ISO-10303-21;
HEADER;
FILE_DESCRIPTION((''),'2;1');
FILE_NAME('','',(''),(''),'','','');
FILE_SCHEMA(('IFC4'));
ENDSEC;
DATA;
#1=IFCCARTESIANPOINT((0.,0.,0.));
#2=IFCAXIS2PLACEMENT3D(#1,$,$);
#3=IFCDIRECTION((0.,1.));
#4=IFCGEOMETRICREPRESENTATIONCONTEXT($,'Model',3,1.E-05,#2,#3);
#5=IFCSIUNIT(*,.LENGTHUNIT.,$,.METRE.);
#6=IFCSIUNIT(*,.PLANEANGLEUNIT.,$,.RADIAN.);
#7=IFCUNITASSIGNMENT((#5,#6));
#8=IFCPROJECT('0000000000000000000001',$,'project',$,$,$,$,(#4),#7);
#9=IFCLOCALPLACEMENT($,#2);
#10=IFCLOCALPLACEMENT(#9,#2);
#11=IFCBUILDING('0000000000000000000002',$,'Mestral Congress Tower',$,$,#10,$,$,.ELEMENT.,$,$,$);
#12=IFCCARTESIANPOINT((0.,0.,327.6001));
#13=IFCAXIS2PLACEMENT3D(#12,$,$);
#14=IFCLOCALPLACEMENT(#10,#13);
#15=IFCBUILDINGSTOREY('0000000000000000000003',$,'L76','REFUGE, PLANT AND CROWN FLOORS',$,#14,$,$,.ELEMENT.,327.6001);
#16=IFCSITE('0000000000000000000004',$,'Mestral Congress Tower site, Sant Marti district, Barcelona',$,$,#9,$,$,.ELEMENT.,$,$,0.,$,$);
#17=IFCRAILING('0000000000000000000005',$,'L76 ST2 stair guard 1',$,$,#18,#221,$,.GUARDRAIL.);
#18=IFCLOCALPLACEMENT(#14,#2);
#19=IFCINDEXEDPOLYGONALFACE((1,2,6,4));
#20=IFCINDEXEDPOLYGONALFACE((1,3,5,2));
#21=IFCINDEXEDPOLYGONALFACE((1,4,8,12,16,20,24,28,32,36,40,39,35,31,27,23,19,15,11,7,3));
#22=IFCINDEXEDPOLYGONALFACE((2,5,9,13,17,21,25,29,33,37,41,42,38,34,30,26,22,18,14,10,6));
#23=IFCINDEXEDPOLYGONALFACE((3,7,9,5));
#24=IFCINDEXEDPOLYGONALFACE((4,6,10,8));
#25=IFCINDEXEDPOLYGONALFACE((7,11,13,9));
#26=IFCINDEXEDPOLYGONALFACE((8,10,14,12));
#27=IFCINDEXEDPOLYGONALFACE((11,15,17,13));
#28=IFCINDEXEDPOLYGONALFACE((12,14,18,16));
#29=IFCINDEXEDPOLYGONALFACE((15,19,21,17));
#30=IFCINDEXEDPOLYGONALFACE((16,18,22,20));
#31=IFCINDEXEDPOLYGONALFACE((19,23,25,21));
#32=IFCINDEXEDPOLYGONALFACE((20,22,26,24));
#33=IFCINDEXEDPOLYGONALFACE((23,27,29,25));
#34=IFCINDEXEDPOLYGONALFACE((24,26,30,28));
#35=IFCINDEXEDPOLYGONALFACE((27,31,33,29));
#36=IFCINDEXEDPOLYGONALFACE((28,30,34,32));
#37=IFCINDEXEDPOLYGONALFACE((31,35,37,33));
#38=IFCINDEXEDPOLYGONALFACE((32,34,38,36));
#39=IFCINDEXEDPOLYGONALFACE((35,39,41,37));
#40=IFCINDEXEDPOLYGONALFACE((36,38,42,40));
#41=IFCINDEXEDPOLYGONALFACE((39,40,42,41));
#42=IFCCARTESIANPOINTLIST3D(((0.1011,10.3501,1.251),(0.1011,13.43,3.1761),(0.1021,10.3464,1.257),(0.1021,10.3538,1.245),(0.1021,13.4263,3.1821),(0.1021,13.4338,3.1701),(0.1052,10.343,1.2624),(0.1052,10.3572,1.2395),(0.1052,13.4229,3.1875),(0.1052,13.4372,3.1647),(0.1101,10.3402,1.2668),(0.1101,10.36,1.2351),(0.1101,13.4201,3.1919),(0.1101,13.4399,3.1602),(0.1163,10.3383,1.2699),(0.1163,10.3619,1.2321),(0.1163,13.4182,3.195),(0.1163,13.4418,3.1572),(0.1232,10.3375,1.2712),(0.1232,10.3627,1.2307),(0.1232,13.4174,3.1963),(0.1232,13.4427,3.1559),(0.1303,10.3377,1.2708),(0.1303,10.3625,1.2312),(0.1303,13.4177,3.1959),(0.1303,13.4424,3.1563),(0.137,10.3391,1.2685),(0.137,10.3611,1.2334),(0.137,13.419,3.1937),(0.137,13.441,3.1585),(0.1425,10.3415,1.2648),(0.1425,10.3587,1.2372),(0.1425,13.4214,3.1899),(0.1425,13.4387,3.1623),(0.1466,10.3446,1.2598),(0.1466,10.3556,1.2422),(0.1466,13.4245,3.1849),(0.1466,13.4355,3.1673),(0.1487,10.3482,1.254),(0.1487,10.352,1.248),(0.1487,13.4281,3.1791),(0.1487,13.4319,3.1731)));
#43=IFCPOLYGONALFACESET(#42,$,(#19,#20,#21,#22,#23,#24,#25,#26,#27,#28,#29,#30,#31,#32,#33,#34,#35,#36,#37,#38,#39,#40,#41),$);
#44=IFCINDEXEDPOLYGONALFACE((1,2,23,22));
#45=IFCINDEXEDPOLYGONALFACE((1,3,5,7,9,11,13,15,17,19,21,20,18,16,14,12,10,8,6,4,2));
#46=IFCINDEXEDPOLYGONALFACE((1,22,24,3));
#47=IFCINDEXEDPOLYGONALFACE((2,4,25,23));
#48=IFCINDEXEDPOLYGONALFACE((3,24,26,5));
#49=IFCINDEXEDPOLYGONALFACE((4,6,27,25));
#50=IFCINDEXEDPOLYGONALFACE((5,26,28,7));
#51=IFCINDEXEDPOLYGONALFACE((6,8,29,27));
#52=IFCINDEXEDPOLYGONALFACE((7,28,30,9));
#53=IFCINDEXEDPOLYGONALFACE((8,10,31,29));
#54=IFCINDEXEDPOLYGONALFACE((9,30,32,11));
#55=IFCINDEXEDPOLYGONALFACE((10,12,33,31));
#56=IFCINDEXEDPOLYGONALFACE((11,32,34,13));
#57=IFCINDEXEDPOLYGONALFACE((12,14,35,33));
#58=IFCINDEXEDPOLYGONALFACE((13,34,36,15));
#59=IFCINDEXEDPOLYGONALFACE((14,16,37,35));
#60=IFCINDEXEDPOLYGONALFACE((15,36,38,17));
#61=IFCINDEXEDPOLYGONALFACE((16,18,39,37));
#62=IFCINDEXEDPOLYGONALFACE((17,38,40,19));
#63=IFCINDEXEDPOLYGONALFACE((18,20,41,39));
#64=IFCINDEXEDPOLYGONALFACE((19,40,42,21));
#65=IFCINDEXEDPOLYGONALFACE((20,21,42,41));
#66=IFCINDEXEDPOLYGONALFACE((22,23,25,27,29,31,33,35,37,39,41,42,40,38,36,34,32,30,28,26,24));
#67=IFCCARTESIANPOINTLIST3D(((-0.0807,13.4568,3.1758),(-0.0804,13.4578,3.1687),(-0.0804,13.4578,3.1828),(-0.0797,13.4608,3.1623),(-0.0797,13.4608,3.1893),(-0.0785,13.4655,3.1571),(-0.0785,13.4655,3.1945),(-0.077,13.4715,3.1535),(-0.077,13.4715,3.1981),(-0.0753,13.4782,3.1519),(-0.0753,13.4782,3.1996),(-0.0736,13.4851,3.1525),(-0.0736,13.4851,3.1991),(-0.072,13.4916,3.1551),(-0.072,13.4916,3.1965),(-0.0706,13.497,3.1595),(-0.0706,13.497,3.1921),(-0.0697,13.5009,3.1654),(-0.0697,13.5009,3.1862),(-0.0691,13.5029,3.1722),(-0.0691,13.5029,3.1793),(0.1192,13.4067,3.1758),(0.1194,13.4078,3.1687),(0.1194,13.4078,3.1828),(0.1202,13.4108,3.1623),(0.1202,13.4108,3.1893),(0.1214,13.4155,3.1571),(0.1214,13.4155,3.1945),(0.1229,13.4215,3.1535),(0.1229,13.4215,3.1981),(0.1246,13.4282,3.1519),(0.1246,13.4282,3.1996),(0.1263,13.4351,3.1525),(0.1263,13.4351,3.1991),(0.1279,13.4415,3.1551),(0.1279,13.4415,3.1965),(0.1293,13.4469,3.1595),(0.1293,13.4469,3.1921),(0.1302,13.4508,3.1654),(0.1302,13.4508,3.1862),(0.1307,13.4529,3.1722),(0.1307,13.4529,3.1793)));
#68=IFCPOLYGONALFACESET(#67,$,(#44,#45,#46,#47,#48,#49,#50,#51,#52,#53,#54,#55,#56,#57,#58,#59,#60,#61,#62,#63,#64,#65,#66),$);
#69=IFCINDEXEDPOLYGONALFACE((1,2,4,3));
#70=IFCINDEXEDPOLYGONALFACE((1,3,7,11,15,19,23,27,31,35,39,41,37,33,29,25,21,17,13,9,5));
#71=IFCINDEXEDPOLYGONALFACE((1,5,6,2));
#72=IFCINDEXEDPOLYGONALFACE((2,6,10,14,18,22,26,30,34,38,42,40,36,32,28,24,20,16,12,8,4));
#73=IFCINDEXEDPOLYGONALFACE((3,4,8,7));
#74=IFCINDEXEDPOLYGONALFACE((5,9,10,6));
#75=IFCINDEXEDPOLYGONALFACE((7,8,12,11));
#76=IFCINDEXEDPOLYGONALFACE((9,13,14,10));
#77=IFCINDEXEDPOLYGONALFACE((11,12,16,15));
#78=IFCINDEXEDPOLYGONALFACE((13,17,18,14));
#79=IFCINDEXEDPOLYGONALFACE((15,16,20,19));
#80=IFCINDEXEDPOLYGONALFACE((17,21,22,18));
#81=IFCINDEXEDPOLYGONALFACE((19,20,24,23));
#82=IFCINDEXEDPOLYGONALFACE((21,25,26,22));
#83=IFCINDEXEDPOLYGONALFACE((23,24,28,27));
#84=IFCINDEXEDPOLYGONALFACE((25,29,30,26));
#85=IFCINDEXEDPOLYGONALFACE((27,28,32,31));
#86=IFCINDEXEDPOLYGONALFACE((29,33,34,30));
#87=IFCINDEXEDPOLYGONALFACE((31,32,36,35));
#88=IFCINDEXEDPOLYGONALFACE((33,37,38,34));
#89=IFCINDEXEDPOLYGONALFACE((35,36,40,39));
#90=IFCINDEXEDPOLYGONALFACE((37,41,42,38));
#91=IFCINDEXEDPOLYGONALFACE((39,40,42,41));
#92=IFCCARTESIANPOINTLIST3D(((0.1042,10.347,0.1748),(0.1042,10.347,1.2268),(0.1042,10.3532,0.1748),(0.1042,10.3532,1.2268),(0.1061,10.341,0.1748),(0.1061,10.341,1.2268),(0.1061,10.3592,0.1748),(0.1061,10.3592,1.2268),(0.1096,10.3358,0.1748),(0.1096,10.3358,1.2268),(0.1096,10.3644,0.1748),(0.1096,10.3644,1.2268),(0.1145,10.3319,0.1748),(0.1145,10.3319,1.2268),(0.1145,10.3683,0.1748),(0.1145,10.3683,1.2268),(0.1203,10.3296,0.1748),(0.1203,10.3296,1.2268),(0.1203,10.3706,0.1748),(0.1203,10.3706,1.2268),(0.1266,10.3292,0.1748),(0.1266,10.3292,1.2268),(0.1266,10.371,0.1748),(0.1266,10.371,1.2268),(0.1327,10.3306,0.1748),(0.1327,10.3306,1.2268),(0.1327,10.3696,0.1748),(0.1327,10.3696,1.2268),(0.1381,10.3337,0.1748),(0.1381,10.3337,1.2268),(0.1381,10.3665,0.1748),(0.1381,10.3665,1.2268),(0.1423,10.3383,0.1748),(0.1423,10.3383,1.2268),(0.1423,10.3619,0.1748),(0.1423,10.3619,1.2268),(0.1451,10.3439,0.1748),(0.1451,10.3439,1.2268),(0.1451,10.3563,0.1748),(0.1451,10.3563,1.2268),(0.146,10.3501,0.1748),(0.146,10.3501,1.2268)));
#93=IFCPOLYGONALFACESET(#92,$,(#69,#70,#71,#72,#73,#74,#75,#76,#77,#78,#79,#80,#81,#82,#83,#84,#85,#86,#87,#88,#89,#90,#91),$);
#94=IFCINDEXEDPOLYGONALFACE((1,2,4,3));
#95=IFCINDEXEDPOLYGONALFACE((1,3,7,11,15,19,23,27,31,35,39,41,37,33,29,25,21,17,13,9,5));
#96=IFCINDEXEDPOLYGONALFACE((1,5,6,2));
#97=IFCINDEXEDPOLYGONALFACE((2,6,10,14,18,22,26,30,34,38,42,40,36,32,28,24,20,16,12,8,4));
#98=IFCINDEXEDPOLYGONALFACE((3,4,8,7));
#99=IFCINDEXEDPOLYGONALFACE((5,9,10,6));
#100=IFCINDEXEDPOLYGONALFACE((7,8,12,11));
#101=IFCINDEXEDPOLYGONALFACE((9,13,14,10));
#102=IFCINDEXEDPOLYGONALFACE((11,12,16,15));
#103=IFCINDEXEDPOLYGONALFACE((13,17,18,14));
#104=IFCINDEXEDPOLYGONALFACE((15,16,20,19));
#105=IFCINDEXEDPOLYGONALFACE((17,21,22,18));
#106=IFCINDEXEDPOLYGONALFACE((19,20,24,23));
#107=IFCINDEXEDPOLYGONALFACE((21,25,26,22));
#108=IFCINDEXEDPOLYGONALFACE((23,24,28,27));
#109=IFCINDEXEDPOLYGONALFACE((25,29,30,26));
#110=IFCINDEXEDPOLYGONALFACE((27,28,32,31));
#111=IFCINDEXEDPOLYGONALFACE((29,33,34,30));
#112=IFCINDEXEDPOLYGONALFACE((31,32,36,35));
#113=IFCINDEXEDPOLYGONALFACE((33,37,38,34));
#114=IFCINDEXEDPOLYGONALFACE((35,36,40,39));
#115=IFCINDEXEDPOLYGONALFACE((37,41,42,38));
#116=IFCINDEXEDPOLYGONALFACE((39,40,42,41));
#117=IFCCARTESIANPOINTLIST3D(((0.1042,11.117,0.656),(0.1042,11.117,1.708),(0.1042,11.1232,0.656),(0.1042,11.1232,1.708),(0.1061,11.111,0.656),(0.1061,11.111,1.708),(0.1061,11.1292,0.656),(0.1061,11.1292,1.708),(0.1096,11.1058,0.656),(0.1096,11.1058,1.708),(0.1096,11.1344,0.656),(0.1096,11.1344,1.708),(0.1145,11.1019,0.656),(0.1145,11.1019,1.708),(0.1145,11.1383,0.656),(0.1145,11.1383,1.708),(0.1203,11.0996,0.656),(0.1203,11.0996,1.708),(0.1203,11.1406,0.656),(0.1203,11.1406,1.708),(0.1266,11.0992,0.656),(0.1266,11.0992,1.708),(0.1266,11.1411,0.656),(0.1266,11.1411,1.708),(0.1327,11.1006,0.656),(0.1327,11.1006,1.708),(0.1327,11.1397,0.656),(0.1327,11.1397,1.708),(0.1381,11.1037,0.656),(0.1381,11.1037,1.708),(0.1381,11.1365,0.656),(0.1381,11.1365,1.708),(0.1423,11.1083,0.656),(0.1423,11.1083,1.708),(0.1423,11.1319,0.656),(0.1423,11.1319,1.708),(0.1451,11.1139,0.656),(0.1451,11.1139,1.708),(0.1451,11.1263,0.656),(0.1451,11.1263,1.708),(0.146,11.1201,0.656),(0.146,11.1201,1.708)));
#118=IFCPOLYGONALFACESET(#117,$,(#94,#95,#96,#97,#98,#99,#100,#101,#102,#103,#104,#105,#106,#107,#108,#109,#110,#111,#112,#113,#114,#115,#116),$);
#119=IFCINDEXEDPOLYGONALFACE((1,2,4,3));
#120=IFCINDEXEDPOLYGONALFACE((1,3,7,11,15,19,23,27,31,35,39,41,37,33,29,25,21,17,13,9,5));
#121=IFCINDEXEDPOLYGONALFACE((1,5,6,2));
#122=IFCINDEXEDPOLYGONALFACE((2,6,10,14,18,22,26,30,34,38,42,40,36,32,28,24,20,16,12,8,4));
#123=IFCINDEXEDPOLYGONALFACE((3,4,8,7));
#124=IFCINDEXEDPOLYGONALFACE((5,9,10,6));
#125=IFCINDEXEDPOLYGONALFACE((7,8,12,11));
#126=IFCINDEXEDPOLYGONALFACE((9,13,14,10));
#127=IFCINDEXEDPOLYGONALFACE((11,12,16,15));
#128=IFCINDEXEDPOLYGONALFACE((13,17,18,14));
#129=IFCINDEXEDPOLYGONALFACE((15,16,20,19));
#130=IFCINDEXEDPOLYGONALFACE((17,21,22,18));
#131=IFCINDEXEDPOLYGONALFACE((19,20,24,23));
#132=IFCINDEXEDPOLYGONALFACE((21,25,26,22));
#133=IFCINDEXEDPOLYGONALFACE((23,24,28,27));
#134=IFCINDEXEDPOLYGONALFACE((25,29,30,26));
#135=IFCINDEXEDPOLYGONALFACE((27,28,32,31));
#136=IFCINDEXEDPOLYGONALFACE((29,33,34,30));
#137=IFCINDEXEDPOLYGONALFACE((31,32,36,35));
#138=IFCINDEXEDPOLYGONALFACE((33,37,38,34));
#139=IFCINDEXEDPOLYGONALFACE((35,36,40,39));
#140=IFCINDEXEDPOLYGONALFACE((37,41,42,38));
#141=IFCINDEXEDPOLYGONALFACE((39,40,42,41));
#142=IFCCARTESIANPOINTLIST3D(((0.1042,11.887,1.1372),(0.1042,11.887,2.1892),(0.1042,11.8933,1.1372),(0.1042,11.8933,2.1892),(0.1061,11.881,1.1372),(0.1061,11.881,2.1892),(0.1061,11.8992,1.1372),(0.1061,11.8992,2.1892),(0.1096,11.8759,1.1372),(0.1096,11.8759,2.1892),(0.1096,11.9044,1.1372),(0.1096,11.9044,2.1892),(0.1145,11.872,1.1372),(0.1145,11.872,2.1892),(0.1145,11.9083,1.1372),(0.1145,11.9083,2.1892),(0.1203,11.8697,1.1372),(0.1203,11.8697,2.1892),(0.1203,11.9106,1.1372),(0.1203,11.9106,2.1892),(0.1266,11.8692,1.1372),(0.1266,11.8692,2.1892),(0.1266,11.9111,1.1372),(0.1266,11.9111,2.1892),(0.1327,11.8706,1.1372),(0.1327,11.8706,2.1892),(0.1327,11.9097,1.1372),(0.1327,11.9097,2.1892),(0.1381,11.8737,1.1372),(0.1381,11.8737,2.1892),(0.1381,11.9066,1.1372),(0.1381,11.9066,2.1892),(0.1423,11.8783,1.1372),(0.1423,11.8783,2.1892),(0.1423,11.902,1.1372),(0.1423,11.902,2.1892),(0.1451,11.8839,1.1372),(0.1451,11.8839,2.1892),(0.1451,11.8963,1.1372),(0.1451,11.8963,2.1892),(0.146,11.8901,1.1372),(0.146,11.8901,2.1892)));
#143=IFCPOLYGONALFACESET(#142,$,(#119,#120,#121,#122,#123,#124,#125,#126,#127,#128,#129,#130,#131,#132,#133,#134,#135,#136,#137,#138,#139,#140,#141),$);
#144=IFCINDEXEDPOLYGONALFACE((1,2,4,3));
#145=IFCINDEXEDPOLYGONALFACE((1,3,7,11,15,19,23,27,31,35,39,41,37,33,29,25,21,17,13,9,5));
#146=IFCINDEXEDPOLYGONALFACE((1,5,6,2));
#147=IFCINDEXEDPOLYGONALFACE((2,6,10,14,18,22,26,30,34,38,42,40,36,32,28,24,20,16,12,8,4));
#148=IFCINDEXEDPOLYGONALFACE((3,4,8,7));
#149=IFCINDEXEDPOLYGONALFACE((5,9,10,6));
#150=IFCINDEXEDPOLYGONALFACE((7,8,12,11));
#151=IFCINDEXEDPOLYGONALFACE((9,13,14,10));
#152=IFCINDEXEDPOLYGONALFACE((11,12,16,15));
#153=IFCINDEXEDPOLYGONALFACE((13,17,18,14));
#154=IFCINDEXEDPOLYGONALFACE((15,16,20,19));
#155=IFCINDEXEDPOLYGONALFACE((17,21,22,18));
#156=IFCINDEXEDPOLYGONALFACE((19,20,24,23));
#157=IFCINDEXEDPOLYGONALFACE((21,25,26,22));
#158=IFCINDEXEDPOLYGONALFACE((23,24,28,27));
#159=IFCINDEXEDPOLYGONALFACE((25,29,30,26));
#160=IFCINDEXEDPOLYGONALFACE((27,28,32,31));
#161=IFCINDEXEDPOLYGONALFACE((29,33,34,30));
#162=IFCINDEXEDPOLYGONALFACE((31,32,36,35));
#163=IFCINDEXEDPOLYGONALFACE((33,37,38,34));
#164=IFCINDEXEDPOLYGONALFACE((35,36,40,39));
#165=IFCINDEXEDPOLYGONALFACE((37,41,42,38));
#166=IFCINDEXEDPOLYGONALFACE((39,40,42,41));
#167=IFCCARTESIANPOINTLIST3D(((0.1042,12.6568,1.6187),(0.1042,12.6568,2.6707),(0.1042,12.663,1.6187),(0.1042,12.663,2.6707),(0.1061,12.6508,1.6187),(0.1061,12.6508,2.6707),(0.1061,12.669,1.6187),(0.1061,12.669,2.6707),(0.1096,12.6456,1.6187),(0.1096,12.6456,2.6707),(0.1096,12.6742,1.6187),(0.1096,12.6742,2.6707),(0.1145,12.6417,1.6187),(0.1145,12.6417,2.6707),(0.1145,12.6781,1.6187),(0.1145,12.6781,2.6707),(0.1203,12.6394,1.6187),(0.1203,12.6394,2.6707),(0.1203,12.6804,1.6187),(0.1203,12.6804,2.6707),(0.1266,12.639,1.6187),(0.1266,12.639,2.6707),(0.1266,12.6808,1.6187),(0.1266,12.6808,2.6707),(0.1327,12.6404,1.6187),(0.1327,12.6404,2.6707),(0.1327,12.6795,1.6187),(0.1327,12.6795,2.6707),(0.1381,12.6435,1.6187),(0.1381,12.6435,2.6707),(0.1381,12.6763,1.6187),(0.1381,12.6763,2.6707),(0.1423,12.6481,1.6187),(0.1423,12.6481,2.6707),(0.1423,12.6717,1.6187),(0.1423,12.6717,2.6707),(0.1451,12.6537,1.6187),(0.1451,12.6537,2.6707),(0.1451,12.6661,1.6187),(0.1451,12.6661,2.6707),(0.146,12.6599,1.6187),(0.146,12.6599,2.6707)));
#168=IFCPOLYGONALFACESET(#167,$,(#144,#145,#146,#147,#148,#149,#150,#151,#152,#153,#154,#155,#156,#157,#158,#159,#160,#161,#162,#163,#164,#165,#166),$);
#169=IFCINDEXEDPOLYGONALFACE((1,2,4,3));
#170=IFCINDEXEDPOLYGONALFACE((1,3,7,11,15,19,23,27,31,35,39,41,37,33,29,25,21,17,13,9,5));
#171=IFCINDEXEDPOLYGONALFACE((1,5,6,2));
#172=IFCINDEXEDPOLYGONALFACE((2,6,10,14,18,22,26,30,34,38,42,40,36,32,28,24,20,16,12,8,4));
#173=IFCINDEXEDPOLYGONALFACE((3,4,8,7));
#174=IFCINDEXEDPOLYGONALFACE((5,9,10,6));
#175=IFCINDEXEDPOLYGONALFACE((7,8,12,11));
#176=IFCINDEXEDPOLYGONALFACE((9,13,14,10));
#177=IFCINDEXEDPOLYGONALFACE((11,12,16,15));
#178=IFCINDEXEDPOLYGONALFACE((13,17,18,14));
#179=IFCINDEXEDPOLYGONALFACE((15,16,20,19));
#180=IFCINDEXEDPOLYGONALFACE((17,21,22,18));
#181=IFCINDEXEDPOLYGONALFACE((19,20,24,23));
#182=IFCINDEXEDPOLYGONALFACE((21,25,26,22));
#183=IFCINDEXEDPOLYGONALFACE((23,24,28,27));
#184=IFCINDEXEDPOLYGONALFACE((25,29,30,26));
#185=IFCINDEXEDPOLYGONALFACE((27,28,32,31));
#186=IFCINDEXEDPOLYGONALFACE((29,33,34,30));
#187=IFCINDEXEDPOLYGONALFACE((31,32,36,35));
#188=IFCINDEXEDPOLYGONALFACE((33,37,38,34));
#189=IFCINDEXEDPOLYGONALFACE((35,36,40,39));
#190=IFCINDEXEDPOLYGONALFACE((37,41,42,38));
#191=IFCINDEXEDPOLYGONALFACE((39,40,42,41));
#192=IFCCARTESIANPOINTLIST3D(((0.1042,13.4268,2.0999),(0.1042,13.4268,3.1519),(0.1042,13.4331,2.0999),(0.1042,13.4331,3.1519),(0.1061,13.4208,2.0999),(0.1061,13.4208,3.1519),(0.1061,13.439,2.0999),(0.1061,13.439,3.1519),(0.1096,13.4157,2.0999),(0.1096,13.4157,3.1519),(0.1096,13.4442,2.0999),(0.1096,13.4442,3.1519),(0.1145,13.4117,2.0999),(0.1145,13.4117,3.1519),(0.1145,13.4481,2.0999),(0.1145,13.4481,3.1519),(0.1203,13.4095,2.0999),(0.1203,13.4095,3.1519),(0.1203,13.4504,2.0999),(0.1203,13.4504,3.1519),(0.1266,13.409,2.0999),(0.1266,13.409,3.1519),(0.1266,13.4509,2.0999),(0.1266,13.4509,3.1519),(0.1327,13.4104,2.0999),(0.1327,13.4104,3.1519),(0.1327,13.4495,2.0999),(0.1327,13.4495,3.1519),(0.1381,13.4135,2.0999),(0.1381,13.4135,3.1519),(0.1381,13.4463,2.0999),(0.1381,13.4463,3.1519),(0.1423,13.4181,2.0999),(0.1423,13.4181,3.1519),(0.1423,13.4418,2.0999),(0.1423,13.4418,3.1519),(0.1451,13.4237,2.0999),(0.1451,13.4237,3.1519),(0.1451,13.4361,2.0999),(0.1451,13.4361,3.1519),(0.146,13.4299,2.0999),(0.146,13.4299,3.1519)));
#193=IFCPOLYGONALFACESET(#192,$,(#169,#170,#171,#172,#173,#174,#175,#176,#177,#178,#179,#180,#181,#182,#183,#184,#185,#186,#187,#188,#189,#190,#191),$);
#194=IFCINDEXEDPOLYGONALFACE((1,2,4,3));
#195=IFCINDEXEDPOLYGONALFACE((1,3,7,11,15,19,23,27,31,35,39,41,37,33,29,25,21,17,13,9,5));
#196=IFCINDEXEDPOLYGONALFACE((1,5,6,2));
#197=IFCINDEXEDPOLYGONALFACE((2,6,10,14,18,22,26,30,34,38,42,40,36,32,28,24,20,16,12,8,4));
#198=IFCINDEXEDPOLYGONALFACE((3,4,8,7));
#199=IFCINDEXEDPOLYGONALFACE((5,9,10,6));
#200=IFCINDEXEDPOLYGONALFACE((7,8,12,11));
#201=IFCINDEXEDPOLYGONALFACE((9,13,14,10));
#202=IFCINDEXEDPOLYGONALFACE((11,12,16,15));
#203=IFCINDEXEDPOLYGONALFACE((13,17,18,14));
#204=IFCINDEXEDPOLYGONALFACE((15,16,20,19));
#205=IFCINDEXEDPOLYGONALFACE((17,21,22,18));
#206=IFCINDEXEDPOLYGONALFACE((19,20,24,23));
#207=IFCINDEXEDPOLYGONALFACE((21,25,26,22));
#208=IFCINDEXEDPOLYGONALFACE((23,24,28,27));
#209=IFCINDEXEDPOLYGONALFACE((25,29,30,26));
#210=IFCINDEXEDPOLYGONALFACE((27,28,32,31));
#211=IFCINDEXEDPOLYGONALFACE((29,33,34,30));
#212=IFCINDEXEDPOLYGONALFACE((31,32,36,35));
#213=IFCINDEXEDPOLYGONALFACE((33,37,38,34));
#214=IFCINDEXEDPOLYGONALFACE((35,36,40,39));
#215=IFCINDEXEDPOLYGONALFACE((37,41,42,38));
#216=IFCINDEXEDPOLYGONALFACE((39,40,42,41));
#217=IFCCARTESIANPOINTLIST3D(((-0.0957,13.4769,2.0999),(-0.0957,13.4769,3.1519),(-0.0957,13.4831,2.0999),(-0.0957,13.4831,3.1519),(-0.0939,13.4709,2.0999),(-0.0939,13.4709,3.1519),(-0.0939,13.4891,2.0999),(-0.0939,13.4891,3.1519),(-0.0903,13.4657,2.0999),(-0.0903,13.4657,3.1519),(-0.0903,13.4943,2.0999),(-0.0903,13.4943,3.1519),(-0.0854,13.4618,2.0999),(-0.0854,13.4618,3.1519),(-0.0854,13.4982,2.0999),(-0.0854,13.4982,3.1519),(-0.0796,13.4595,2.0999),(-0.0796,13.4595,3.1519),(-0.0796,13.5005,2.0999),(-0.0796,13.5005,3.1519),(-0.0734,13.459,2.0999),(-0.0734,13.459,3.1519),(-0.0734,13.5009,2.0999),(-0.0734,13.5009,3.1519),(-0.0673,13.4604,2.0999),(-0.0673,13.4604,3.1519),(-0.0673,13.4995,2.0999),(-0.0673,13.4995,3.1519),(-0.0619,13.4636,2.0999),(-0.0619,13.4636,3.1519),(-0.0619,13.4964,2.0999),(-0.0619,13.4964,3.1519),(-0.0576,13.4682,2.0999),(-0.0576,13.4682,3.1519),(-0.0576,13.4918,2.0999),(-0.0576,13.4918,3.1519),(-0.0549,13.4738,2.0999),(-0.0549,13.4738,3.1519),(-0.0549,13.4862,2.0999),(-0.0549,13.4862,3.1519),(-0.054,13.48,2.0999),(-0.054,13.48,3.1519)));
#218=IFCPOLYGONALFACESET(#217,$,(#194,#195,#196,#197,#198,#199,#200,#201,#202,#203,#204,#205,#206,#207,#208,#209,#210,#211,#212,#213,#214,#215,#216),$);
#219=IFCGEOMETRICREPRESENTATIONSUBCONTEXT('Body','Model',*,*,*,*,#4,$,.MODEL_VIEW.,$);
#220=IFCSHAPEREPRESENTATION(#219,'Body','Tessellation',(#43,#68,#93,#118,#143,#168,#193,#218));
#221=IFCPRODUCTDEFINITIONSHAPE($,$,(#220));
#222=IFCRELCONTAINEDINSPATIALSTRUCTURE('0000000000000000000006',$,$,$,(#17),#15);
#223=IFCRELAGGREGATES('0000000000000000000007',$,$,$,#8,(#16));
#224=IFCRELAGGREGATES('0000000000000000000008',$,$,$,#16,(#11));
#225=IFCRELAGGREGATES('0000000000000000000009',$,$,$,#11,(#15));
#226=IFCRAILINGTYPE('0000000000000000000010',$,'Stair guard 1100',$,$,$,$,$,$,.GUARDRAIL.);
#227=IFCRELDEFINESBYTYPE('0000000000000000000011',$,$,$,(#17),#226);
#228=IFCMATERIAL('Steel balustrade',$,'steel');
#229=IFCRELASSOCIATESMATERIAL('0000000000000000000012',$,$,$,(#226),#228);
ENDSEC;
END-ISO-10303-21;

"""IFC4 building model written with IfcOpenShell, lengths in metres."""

from ifc_helpers import new_model, si_unit, direction, frame, origin, origin_2d, place, context, subcontext, project, spatial, circle, extrude, material, type_object, element, save


model = new_model("IFC4")

# Units and contexts
model_context = context("Model", 3, precision=1e-05, world=origin(), true_north=direction((0.0, 1.0)))
body_context = subcontext(model_context, "Body", "Model", "MODEL_VIEW")
ifc_project = project(units=[si_unit("LENGTHUNIT", "METRE"), si_unit("PLANEANGLEUNIT", "RADIAN")], contexts=[model_context])

# Site, building, storey
site_placement = place(None, origin())
site = spatial("IfcSite", under=ifc_project, at=site_placement, Name="Mestral Congress Tower site, Sant Marti district, Barcelona", CompositionType="ELEMENT", RefElevation=0.0)
building_placement = place(site_placement, origin())
building = spatial("IfcBuilding", under=site, at=building_placement, Name="Mestral Congress Tower", CompositionType="ELEMENT")
storey_placement = place(building_placement, frame((0.0, 0.0, 327.6001)))
storey = spatial("IfcBuildingStorey", under=building, at=storey_placement, Name="L76", Description="REFUGE, PLANT AND CROWN FLOORS", CompositionType="ELEMENT", Elevation=327.6001)

# Railing
ifc_material_1 = material(Name="Steel balustrade", Category="steel")
railing_type_1 = type_object("IfcRailingType", Name="Stair guard 1100", PredefinedType="GUARDRAIL", material=ifc_material_1)
railing_1_placement = place(storey_placement, frame((0.125, 10.3501, 0.1748)))
element("IfcRailing", 1, at=railing_1_placement, inside=storey, type_object=railing_type_1, Name="L76 ST2 stair guard 1", PredefinedType="GUARDRAIL", context=body_context, shape_type="SweptSolid", body=[
    extrude(circle(Radius=0.0239, at=origin_2d()), frame((0.0, 0.0, 1.0762), z_axis=(0.0, 0.847979, 0.530029), x_axis=(-1.0, 0.0, 0.0)), (0.0, 0.0, 1.0), 3.6321),
    extrude(circle(Radius=0.0239, at=origin_2d()), frame((0.0, 3.0798, 3.001), z_axis=(-0.970073, 0.242814, 0.0), x_axis=(-0.242814, -0.970073, 0.0)), (0.0, 0.0, 1.0), 0.2061),
    extrude(circle(Radius=0.021, at=origin_2d()), origin(), (0.0, 0.0, 1.0), 1.052),
    extrude(circle(Radius=0.021, at=origin_2d()), frame((0.0, 0.77, 0.4812)), (0.0, 0.0, 1.0), 1.052),
    extrude(circle(Radius=0.021, at=origin_2d()), frame((0.0, 1.54, 0.9624)), (0.0, 0.0, 1.0), 1.052),
    extrude(circle(Radius=0.021, at=origin_2d()), frame((0.0, 2.3098, 1.4438)), (0.0, 0.0, 1.0), 1.052),
    extrude(circle(Radius=0.021, at=origin_2d()), frame((0.0, 3.0798, 1.925)), (0.0, 0.0, 1.0), 1.052),
    extrude(circle(Radius=0.021, at=origin_2d()), frame((-0.2, 3.1299, 1.925)), (0.0, 0.0, 1.0), 1.052),
])

save(model, "model.ifc")
